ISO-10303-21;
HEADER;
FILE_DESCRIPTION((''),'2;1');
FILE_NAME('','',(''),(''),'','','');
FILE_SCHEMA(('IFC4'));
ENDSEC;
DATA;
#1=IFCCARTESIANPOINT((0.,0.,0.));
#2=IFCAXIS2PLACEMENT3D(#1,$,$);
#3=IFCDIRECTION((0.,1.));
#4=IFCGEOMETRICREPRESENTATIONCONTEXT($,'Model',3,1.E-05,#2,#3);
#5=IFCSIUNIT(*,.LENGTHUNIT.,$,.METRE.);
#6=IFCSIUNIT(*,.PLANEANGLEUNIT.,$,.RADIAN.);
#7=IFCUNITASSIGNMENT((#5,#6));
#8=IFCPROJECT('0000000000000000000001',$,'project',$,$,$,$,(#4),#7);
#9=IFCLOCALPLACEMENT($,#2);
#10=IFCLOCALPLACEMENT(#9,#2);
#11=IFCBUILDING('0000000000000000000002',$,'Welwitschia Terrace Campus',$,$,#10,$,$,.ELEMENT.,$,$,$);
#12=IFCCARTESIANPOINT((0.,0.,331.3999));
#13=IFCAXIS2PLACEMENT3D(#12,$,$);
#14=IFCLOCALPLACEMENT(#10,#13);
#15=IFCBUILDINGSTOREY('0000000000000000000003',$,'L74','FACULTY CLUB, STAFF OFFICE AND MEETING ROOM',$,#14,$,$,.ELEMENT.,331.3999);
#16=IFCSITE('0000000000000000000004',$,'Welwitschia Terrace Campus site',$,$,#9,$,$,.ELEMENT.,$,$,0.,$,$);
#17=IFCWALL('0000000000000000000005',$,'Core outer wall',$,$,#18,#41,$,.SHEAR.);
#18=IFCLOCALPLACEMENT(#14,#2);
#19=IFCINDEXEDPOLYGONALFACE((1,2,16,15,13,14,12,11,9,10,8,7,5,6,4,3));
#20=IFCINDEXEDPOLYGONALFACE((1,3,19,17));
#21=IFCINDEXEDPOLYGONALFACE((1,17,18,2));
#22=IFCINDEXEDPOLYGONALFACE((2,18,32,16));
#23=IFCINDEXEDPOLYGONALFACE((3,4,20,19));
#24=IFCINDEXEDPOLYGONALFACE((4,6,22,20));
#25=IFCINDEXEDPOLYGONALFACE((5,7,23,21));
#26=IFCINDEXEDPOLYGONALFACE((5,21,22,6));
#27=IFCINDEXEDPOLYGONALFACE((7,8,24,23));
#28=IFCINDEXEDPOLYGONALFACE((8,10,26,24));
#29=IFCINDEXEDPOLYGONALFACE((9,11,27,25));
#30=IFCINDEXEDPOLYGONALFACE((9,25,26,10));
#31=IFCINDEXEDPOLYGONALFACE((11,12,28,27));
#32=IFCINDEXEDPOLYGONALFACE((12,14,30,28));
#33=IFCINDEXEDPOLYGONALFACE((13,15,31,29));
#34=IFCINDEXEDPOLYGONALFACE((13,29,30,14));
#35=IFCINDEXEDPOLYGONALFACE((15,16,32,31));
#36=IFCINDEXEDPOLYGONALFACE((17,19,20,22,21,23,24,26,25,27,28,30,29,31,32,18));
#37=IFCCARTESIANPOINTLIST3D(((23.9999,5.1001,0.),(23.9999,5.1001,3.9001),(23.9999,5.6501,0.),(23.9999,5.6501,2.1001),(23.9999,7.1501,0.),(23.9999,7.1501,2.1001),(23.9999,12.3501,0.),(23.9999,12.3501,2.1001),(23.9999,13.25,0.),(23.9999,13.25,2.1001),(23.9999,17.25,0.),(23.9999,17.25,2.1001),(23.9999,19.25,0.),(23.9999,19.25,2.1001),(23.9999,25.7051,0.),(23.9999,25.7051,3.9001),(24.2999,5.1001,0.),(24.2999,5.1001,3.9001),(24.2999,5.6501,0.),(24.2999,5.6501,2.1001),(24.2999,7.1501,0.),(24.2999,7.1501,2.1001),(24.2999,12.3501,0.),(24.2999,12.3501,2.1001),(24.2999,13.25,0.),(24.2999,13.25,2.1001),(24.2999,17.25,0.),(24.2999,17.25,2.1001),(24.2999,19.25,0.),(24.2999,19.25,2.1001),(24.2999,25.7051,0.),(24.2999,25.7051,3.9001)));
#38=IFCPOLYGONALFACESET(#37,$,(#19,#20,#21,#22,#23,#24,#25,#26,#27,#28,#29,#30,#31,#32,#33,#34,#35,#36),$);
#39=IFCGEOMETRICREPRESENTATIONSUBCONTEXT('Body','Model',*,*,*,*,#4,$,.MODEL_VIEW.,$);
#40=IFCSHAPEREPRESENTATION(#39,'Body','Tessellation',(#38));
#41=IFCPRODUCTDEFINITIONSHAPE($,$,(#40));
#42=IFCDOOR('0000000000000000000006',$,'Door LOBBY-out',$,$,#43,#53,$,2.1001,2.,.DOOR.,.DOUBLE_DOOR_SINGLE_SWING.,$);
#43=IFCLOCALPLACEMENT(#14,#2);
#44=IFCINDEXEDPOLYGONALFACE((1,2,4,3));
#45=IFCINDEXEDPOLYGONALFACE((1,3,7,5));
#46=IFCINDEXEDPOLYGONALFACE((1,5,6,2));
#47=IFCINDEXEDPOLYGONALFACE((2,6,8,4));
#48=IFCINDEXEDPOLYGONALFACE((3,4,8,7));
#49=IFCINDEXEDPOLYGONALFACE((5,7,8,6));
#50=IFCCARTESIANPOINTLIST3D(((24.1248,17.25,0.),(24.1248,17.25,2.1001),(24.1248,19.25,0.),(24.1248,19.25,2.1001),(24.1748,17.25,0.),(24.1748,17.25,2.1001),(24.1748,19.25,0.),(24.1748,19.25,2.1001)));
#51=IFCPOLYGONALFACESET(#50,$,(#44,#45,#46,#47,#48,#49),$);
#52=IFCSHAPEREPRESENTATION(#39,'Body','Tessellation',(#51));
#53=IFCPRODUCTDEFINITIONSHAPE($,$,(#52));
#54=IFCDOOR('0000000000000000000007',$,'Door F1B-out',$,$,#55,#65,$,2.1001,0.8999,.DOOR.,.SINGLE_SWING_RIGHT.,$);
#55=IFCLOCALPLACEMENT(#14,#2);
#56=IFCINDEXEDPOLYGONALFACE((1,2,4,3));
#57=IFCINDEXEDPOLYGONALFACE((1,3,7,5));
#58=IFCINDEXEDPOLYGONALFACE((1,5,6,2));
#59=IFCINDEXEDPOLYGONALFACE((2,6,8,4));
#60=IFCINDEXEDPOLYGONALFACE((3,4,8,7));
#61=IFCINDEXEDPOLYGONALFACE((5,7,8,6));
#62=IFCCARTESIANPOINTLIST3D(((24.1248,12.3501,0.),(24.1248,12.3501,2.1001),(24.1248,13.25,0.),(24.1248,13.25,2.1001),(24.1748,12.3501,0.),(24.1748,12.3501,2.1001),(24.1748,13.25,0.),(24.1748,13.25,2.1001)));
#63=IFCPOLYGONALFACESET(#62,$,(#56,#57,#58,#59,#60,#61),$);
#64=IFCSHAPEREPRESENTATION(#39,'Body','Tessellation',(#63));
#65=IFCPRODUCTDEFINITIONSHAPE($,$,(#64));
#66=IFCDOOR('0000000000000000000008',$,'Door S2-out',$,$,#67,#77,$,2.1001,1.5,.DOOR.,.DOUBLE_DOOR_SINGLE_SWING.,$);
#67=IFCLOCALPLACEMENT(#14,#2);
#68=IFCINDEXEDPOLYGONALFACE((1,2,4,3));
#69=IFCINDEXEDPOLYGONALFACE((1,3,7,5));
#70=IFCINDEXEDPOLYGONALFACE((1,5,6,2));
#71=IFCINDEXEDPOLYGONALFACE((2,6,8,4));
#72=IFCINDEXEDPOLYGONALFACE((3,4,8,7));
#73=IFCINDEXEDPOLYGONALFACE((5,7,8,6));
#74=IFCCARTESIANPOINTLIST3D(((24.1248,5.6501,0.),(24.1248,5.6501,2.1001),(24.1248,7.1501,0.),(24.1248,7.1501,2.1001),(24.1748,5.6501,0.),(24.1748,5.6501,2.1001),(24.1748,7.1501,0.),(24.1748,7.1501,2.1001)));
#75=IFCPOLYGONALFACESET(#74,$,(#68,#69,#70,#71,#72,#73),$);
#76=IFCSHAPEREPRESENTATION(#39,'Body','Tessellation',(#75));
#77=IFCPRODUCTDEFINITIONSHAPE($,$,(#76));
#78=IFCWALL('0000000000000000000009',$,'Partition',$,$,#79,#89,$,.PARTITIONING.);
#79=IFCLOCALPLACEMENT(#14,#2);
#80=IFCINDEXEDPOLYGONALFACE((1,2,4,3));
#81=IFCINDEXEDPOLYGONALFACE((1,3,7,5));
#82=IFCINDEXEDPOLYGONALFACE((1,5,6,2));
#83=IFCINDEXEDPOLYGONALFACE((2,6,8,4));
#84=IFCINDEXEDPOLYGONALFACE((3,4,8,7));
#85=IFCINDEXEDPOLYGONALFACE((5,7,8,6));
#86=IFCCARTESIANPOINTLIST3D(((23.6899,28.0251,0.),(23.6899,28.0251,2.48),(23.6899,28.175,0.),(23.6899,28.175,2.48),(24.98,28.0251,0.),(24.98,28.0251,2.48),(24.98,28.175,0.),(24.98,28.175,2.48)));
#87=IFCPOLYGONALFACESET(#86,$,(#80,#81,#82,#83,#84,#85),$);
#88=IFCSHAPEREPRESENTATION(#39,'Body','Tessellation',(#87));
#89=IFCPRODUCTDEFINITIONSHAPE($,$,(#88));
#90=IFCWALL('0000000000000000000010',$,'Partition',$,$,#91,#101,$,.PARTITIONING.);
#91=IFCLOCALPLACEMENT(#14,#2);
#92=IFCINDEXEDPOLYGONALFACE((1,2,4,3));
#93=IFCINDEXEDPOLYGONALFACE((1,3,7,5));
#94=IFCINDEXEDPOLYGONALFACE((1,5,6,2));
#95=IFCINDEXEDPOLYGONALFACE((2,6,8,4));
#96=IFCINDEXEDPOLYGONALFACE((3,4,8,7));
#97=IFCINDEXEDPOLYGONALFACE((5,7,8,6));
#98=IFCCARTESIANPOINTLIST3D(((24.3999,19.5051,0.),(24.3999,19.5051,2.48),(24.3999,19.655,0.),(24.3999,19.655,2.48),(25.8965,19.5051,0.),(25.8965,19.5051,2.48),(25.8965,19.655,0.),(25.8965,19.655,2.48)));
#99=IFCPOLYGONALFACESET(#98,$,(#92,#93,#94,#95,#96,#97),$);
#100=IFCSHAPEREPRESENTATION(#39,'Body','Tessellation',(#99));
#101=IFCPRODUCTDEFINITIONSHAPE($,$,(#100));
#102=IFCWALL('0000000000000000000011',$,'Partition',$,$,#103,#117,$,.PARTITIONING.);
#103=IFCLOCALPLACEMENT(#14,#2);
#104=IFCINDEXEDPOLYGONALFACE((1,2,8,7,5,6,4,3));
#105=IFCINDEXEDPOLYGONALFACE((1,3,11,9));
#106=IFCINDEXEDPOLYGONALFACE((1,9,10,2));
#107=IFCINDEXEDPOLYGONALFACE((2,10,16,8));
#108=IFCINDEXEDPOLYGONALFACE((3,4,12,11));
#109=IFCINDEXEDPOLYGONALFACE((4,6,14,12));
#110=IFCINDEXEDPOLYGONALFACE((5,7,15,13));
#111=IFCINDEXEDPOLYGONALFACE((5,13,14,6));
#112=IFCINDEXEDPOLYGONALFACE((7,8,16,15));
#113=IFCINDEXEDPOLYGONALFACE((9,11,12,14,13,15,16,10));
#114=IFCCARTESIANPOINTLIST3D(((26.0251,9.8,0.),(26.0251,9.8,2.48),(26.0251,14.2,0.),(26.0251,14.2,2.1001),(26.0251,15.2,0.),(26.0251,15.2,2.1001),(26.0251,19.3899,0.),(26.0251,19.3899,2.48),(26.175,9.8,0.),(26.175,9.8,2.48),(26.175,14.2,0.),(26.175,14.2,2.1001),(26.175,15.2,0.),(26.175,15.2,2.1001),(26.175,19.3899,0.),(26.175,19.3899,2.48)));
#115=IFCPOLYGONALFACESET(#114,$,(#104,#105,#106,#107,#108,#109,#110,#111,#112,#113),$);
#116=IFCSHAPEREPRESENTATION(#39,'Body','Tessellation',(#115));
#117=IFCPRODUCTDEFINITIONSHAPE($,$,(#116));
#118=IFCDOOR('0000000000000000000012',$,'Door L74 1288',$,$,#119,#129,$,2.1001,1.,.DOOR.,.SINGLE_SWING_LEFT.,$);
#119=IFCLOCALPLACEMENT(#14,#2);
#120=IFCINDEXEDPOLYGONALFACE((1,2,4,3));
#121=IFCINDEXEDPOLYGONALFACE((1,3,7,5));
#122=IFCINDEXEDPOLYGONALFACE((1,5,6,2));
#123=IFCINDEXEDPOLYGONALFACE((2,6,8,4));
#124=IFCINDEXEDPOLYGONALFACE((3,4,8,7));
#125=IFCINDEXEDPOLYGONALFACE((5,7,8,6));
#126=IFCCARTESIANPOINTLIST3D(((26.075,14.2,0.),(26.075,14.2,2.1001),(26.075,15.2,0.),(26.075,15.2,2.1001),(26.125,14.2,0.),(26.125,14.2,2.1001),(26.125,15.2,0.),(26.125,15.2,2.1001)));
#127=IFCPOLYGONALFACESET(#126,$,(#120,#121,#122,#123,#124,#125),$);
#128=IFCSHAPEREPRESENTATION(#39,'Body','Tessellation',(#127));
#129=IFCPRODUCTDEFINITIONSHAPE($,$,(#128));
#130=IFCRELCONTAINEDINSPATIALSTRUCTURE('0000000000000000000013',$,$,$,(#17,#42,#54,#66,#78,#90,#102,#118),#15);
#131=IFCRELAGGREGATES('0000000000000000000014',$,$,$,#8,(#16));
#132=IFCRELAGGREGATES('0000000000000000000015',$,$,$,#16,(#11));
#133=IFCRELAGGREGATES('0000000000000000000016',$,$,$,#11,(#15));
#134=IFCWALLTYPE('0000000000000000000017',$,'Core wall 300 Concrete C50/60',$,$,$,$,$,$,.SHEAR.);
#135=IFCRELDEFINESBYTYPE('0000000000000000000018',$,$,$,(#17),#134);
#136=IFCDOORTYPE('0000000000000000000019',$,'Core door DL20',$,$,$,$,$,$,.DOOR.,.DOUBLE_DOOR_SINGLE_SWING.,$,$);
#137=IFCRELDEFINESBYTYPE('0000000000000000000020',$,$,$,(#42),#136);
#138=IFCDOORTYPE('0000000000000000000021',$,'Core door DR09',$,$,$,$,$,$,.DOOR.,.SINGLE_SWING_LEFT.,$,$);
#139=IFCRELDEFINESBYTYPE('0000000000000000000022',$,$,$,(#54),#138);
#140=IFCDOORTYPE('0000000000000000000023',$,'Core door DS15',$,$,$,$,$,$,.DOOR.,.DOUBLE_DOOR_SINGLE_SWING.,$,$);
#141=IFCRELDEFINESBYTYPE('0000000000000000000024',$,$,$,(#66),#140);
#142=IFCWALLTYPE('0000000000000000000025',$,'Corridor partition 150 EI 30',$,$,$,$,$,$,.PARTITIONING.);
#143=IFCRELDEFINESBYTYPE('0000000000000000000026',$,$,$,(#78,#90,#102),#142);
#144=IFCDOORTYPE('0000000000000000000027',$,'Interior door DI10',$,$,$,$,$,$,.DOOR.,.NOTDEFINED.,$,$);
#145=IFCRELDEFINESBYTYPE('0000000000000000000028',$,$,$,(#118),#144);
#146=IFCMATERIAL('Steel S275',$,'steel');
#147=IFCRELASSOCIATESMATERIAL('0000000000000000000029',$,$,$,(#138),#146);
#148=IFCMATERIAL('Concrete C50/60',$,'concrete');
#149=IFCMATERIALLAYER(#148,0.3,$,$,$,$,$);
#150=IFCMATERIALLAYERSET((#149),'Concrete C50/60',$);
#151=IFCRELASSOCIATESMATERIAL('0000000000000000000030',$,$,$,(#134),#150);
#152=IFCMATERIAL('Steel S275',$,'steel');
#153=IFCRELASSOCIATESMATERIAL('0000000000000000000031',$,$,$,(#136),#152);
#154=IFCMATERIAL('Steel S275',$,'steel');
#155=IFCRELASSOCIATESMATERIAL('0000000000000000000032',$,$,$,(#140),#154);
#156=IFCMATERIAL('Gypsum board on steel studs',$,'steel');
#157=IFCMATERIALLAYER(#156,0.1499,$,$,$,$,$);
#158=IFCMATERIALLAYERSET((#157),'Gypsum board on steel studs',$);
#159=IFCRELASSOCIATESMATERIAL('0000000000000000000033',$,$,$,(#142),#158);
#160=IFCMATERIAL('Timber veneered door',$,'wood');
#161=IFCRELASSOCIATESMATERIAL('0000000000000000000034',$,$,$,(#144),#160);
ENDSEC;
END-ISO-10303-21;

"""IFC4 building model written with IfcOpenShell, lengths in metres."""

from ifc_helpers import new_model, si_unit, direction, frame, frame_2d, origin, place, context, subcontext, project, spatial, rectangle, extrude, material, layer, layer_set, type_object, element, fill, save


model = new_model("IFC4")

# Units and contexts
model_context = context("Model", 3, precision=1e-05, world=origin(), true_north=direction((0.0, 1.0)))
body_context = subcontext(model_context, "Body", "Model", "MODEL_VIEW")
ifc_project = project(units=[si_unit("LENGTHUNIT", "METRE"), si_unit("PLANEANGLEUNIT", "RADIAN")], contexts=[model_context])

# Site, building, storey
site_placement = place(None, origin())
site = spatial("IfcSite", under=ifc_project, at=site_placement, Name="Welwitschia Terrace Campus site", CompositionType="ELEMENT", RefElevation=0.0)
building_placement = place(site_placement, origin())
building = spatial("IfcBuilding", under=site, at=building_placement, Name="Welwitschia Terrace Campus", CompositionType="ELEMENT")
storey_placement = place(building_placement, frame((0.0, 0.0, 331.3999)))
storey = spatial("IfcBuildingStorey", under=building, at=storey_placement, Name="L74", Description="FACULTY CLUB, STAFF OFFICE AND MEETING ROOM", CompositionType="ELEMENT", Elevation=331.3999)

# Wall, openings, doors
ifc_material_1 = material(Name="Steel S275", Category="steel")
door_type_1 = type_object("IfcDoorType", Name="Core door DR09", OperationType="SINGLE_SWING_LEFT", PredefinedType="DOOR", material=ifc_material_1)
ifc_material_2 = material(Name="Concrete C50/60", Category="concrete")
ifc_layer_1 = layer(ifc_material_2, 0.3)
ifc_layer_set_1 = layer_set([ifc_layer_1], Name="Concrete C50/60")
wall_type_1 = type_object("IfcWallType", Name="Core wall 300 Concrete C50/60", PredefinedType="SHEAR", material=ifc_layer_set_1)
wall_1_placement = place(storey_placement, frame((24.1499, 25.7051, 0.0), z_axis=(0.0, 0.0, 1.0), x_axis=(0.0, -1.0, 0.0)))
wall_1 = element("IfcWall", 1, at=wall_1_placement, inside=storey, type_object=wall_type_1, Name="Core outer wall", PredefinedType="SHEAR", context=body_context, shape_type="SweptSolid", body=[
    extrude(rectangle(XDim=20.605, YDim=0.3, at=frame_2d((10.3025, 0.0))), origin(), (0.0, 0.0, 1.0), 3.9001),
])
opening_1_placement = place(wall_1_placement, frame((18.5549, 0.0, 0.0)))
opening_1 = element("IfcOpeningElement", 2, at=opening_1_placement, cuts=wall_1, PredefinedType="OPENING", context=body_context, shape_type="SweptSolid", body=[
    extrude(rectangle(XDim=1.5, YDim=2.1001, at=frame_2d((0.75, 1.05))), frame((0.0, 0.1599, 0.0), z_axis=(0.0, -1.0, 0.0), x_axis=(1.0, 0.0, 0.0)), (0.0, 0.0, 1.0), 0.3201),
])
opening_2_placement = place(wall_1_placement, frame((12.4551, 0.0, 0.0)))
opening_2 = element("IfcOpeningElement", 3, at=opening_2_placement, cuts=wall_1, PredefinedType="OPENING", context=body_context, shape_type="SweptSolid", body=[
    extrude(rectangle(XDim=0.8999, YDim=2.1001, at=frame_2d((0.45, 1.05))), frame((0.0, 0.1599, 0.0), z_axis=(0.0, -1.0, 0.0), x_axis=(1.0, 0.0, 0.0)), (0.0, 0.0, 1.0), 0.3201),
])
opening_3_placement = place(wall_1_placement, frame((6.4551, 0.0, 0.0)))
opening_3 = element("IfcOpeningElement", 4, at=opening_3_placement, cuts=wall_1, PredefinedType="OPENING", context=body_context, shape_type="SweptSolid", body=[
    extrude(rectangle(XDim=2.0, YDim=2.1001, at=frame_2d((1.0, 1.05))), frame((0.0, 0.1599, 0.0), z_axis=(0.0, -1.0, 0.0), x_axis=(1.0, 0.0, 0.0)), (0.0, 0.0, 1.0), 0.3201),
])
ifc_material_3 = material(Name="Steel S275", Category="steel")
door_type_2 = type_object("IfcDoorType", Name="Core door DL20", OperationType="DOUBLE_DOOR_SINGLE_SWING", PredefinedType="DOOR", material=ifc_material_3)
door_1_placement = place(opening_3_placement, origin())
door_1 = element("IfcDoor", 5, at=door_1_placement, inside=storey, type_object=door_type_2, Name="Door LOBBY-out", OperationType="DOUBLE_DOOR_SINGLE_SWING", OverallHeight=2.1001, OverallWidth=2.0, PredefinedType="DOOR", context=body_context, shape_type="SweptSolid", body=[
    extrude(rectangle(XDim=2.0, YDim=2.1001, at=frame_2d((1.0, 1.05))), frame((0.0, 0.0249, 0.0), z_axis=(0.0, -1.0, 0.0), x_axis=(1.0, 0.0, 0.0)), (0.0, 0.0, 1.0), 0.05),
])
fill(opening_3, door_1)
door_2_placement = place(opening_2_placement, origin())
door_2 = element("IfcDoor", 6, at=door_2_placement, inside=storey, type_object=door_type_1, Name="Door F1B-out", OperationType="SINGLE_SWING_RIGHT", OverallHeight=2.1001, OverallWidth=0.8999, PredefinedType="DOOR", context=body_context, shape_type="SweptSolid", body=[
    extrude(rectangle(XDim=0.8999, YDim=2.1001, at=frame_2d((0.45, 1.05))), frame((0.0, 0.0249, 0.0), z_axis=(0.0, -1.0, 0.0), x_axis=(1.0, 0.0, 0.0)), (0.0, 0.0, 1.0), 0.05),
])
fill(opening_2, door_2)
ifc_material_4 = material(Name="Steel S275", Category="steel")
door_type_3 = type_object("IfcDoorType", Name="Core door DS15", OperationType="DOUBLE_DOOR_SINGLE_SWING", PredefinedType="DOOR", material=ifc_material_4)
door_3_placement = place(opening_1_placement, origin())
door_3 = element("IfcDoor", 7, at=door_3_placement, inside=storey, type_object=door_type_3, Name="Door S2-out", OperationType="DOUBLE_DOOR_SINGLE_SWING", OverallHeight=2.1001, OverallWidth=1.5, PredefinedType="DOOR", context=body_context, shape_type="SweptSolid", body=[
    extrude(rectangle(XDim=1.5, YDim=2.1001, at=frame_2d((0.75, 1.05))), frame((0.0, 0.0249, 0.0), z_axis=(0.0, -1.0, 0.0), x_axis=(1.0, 0.0, 0.0)), (0.0, 0.0, 1.0), 0.05),
])
fill(opening_1, door_3)

# Walls
ifc_material_5 = material(Name="Gypsum board on steel studs", Category="steel")
ifc_layer_2 = layer(ifc_material_5, 0.1499)
ifc_layer_set_2 = layer_set([ifc_layer_2], Name="Gypsum board on steel studs")
wall_type_2 = type_object("IfcWallType", Name="Corridor partition 150 EI 30", PredefinedType="PARTITIONING", material=ifc_layer_set_2)
wall_2_placement = place(storey_placement, frame((23.6899, 28.1001, 0.0), z_axis=(0.0, 0.0, 1.0), x_axis=(1.0, 0.0, 0.0)))
element("IfcWall", 8, at=wall_2_placement, inside=storey, type_object=wall_type_2, Name="Partition", PredefinedType="PARTITIONING", context=body_context, shape_type="SweptSolid", body=[
    extrude(rectangle(XDim=1.29, YDim=0.1499, at=frame_2d((0.645, 0.0))), origin(), (0.0, 0.0, 1.0), 2.48),
])
wall_3_placement = place(storey_placement, frame((24.3999, 19.5801, 0.0), z_axis=(0.0, 0.0, 1.0), x_axis=(1.0, 0.0, 0.0)))
element("IfcWall", 9, at=wall_3_placement, inside=storey, type_object=wall_type_2, Name="Partition", PredefinedType="PARTITIONING", context=body_context, shape_type="SweptSolid", body=[
    extrude(rectangle(XDim=1.4966, YDim=0.1499, at=frame_2d((0.7483, 0.0))), origin(), (0.0, 0.0, 1.0), 2.48),
])

# Wall, opening, door
wall_4_placement = place(storey_placement, frame((26.1001, 19.3899, 0.0), z_axis=(0.0, 0.0, 1.0), x_axis=(0.0, -1.0, 0.0)))
wall_4 = element("IfcWall", 10, at=wall_4_placement, inside=storey, type_object=wall_type_2, Name="Partition", PredefinedType="PARTITIONING", context=body_context, shape_type="SweptSolid", body=[
    extrude(rectangle(XDim=9.5898, YDim=0.1499, at=frame_2d((4.7949, 0.0))), origin(), (0.0, 0.0, 1.0), 2.48),
])
opening_4_placement = place(wall_4_placement, frame((4.1899, 0.0, 0.0)))
opening_4 = element("IfcOpeningElement", 11, at=opening_4_placement, cuts=wall_4, PredefinedType="OPENING", context=body_context, shape_type="SweptSolid", body=[
    extrude(rectangle(XDim=1.0, YDim=2.1001, at=frame_2d((0.5, 1.05))), frame((0.0, 0.085, 0.0), z_axis=(0.0, -1.0, 0.0), x_axis=(1.0, 0.0, 0.0)), (0.0, 0.0, 1.0), 0.1699),
])
ifc_material_6 = material(Name="Timber veneered door", Category="wood")
door_type_4 = type_object("IfcDoorType", Name="Interior door DI10", OperationType="NOTDEFINED", PredefinedType="DOOR", material=ifc_material_6)
door_4_placement = place(opening_4_placement, origin())
door_4 = element("IfcDoor", 12, at=door_4_placement, inside=storey, type_object=door_type_4, Name="Door L74 1288", OperationType="SINGLE_SWING_LEFT", OverallHeight=2.1001, OverallWidth=1.0, PredefinedType="DOOR", context=body_context, shape_type="SweptSolid", body=[
    extrude(rectangle(XDim=1.0, YDim=2.1001, at=frame_2d((0.5, 1.05))), frame((0.0, 0.0249, 0.0), z_axis=(0.0, -1.0, 0.0), x_axis=(1.0, 0.0, 0.0)), (0.0, 0.0, 1.0), 0.05),
])
fill(opening_4, door_4)

save(model, "model.ifc")
